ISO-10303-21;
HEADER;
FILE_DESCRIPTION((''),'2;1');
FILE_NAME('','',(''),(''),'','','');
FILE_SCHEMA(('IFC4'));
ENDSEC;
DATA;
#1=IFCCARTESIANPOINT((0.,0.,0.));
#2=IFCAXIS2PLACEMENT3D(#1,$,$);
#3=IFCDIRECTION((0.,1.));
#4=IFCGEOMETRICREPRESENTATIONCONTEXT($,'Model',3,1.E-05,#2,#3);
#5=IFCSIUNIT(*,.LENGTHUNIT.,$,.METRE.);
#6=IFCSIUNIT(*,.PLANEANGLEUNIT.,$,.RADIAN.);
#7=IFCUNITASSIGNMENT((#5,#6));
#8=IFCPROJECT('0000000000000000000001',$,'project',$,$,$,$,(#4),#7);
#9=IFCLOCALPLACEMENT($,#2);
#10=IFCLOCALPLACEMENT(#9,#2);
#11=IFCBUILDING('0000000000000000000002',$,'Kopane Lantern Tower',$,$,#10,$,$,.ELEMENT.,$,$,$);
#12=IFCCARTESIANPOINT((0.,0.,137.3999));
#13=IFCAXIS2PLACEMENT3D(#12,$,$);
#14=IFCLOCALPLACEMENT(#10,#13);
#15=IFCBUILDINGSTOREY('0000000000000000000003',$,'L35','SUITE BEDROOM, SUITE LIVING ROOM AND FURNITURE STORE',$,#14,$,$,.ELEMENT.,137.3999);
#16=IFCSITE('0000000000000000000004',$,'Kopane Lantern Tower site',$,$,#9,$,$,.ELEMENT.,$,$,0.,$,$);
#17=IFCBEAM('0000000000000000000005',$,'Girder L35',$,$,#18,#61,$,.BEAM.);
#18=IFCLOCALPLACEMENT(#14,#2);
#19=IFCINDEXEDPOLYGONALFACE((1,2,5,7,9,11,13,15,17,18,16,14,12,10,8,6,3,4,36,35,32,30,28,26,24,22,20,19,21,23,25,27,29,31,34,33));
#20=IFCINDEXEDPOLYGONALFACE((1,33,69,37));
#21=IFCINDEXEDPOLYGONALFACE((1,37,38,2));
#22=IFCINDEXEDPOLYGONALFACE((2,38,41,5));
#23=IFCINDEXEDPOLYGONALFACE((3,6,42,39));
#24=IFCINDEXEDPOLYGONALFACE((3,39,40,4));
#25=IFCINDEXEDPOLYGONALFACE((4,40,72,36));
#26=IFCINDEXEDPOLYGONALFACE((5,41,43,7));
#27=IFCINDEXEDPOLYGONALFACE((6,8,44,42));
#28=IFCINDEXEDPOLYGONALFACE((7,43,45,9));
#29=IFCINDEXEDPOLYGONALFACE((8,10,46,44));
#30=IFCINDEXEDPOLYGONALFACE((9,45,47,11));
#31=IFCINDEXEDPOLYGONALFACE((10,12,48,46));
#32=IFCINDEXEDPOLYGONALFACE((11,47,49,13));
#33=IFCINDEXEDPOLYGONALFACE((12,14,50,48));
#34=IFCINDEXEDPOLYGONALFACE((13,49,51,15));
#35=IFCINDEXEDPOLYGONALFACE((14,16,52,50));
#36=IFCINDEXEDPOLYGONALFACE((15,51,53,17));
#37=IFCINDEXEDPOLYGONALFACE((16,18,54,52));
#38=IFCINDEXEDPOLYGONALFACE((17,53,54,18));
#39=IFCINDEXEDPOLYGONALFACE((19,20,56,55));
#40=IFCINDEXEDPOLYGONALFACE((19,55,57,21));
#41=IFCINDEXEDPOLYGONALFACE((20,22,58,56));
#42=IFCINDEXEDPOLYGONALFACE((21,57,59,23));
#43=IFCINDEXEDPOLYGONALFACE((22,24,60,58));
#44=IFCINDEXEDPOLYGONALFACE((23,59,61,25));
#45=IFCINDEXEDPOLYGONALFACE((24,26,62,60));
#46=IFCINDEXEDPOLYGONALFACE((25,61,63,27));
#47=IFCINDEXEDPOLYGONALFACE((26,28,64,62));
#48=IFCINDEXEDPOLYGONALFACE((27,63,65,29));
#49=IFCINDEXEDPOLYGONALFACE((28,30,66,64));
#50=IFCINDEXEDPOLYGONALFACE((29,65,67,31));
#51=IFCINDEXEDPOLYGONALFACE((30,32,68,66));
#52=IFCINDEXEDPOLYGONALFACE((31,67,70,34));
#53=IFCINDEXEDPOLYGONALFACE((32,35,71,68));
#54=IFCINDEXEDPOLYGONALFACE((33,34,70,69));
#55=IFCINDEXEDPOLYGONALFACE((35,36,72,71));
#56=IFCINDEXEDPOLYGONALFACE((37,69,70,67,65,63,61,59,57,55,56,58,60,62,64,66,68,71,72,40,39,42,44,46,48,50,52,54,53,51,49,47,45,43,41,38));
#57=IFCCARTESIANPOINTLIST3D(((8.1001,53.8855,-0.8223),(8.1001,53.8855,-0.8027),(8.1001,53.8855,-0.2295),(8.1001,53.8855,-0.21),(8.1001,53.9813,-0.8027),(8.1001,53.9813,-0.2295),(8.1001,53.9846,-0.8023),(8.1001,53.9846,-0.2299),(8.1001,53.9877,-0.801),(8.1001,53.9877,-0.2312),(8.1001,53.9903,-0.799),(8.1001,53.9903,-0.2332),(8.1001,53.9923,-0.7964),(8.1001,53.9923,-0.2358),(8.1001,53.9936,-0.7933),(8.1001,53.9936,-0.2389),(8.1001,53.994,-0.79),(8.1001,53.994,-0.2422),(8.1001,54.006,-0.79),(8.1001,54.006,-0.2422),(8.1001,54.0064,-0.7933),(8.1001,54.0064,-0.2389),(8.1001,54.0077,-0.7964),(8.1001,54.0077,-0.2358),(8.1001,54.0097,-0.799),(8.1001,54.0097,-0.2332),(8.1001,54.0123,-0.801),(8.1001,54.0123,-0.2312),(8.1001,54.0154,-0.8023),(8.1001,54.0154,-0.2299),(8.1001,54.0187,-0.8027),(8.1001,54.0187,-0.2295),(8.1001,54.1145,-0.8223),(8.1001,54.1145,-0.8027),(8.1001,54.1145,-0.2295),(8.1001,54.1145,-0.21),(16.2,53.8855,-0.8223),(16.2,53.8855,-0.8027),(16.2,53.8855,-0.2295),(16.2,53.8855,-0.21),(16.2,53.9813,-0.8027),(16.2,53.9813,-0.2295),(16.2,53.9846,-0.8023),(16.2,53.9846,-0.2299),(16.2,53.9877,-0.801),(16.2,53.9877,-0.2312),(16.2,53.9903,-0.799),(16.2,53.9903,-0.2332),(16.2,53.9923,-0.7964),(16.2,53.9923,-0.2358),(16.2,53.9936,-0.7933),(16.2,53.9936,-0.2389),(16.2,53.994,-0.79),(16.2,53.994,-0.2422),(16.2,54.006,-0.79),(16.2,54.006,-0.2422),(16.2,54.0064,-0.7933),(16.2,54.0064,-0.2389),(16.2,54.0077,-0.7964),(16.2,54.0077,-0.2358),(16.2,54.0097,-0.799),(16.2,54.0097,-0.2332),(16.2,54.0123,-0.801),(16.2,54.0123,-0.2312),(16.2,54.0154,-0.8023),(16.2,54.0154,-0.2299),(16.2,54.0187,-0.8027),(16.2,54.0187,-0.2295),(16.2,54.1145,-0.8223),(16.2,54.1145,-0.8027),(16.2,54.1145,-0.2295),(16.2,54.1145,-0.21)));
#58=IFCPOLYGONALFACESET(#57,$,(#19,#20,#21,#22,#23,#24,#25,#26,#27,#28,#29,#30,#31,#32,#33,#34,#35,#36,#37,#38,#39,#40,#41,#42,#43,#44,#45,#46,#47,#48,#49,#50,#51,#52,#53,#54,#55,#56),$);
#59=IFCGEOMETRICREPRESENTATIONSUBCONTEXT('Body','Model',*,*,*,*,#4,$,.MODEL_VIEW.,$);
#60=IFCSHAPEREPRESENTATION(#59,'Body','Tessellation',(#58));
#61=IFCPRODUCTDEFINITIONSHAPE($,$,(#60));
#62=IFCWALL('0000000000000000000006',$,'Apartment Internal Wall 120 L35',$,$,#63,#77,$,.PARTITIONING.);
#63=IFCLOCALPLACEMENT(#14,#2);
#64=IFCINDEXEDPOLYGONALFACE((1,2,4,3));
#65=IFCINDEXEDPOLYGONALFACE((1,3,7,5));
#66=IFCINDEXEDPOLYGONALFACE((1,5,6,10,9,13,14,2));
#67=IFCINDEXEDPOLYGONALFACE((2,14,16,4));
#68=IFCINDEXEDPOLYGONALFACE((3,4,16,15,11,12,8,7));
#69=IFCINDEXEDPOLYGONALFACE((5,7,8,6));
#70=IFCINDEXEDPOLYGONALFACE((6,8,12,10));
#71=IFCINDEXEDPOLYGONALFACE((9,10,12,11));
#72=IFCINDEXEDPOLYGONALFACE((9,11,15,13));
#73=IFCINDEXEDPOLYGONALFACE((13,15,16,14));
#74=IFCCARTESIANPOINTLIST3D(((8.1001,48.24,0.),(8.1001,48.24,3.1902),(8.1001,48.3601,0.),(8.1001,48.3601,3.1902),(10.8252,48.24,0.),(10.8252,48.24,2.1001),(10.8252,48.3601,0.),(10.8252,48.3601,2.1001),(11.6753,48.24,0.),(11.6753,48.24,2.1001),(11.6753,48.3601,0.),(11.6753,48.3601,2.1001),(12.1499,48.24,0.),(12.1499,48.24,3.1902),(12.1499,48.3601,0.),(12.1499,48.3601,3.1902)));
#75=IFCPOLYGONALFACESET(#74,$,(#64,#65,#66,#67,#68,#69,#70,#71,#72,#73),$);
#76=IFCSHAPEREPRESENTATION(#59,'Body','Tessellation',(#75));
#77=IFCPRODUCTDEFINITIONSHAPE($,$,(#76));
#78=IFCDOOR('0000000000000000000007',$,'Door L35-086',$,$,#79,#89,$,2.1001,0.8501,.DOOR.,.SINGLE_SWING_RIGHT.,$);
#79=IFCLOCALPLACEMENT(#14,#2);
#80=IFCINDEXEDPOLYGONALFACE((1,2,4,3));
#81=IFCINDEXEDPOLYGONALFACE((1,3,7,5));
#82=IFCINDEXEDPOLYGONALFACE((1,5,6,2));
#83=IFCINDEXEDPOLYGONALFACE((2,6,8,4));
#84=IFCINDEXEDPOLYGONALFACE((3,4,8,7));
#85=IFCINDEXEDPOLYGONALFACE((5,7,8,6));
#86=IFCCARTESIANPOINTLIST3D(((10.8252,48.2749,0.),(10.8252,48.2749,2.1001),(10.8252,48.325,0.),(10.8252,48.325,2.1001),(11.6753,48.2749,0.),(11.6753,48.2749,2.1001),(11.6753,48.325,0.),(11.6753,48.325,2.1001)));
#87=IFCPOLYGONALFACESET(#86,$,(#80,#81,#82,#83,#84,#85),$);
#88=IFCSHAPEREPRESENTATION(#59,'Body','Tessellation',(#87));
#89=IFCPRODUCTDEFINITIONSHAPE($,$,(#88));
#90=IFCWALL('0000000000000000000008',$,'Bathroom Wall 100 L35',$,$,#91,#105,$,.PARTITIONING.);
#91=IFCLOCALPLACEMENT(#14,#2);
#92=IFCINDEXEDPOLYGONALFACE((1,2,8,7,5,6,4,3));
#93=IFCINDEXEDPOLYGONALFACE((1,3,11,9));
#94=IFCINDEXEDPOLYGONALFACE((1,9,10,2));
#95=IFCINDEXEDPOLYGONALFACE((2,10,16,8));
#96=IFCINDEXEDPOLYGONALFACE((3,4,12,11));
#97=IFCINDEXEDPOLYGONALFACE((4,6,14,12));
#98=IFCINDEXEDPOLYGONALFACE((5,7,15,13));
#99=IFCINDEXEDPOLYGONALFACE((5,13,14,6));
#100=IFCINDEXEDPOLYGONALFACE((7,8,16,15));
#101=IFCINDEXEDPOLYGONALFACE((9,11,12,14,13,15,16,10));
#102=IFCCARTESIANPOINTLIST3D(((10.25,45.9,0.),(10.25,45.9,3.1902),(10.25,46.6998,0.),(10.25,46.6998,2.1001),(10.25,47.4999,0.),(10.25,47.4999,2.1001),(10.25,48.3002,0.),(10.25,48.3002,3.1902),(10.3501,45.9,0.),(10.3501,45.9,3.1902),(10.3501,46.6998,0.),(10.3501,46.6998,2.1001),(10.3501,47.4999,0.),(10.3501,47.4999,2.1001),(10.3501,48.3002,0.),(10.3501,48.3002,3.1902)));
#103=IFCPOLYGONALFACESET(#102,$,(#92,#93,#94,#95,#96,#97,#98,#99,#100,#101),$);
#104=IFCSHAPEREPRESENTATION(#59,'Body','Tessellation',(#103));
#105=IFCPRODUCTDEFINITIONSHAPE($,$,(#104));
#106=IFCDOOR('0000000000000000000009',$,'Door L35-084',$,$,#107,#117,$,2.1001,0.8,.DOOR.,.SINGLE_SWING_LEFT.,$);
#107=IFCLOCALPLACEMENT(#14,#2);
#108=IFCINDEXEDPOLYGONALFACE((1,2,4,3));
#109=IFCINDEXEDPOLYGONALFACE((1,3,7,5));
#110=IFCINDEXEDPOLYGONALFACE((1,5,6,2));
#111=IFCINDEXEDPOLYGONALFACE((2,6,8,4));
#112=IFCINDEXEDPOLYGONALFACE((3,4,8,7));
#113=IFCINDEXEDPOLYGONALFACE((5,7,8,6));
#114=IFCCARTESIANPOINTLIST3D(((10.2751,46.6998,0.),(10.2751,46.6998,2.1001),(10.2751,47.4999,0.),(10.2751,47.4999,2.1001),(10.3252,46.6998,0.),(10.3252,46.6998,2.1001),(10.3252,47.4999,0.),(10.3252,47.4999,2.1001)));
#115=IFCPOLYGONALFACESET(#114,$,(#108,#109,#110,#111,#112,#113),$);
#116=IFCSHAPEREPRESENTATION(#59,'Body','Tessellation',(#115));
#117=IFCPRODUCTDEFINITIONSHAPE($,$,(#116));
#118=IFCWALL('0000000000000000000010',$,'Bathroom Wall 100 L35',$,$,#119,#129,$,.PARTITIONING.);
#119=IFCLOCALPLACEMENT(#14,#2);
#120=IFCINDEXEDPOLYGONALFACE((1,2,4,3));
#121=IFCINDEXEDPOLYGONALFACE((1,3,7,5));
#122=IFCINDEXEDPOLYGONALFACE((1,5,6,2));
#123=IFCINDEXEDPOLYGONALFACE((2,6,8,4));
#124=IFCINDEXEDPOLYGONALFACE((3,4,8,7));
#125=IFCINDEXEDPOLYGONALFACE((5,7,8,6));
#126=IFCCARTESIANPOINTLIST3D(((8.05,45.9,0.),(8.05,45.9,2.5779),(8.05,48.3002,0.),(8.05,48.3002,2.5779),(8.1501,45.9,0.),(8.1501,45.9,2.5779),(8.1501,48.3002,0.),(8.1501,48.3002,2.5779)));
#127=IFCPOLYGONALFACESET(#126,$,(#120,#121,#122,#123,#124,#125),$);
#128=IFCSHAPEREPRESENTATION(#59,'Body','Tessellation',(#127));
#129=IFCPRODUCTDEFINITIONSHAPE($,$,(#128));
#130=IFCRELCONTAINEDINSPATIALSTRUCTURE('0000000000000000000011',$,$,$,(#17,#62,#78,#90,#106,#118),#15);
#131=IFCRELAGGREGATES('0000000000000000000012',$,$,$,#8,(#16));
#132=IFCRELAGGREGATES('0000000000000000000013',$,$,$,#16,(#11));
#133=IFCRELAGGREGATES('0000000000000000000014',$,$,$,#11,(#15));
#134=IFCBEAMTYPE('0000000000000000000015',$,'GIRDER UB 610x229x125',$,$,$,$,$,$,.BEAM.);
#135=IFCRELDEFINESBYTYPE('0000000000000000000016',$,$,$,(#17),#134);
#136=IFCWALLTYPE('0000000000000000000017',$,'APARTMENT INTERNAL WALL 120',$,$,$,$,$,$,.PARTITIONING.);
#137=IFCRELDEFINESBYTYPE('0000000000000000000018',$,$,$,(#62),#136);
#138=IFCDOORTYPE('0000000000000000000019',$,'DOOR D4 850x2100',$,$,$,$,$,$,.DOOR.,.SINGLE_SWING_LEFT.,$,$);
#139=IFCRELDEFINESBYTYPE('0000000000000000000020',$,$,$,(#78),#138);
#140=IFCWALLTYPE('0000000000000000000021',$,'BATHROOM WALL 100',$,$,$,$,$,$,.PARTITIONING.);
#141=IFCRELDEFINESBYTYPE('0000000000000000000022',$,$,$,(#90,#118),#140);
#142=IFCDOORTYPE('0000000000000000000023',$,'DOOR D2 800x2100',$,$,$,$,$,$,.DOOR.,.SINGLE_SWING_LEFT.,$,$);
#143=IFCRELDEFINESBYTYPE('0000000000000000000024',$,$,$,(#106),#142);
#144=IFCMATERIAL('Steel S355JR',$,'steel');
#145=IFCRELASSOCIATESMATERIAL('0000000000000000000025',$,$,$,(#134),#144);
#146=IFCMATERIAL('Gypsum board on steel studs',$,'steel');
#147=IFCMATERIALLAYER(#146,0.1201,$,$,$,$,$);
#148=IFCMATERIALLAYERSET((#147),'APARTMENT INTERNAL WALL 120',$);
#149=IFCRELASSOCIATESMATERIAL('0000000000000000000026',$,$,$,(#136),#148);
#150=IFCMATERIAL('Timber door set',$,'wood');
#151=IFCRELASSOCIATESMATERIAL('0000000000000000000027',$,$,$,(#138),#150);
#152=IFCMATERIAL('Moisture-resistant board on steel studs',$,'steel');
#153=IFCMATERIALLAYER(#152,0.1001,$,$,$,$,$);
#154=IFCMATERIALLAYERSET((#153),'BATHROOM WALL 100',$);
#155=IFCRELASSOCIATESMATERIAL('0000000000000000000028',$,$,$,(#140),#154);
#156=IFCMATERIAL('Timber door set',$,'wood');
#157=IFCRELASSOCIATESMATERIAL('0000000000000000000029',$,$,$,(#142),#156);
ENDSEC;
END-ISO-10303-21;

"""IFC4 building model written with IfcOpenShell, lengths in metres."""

from ifc_helpers import new_model, si_unit, direction, frame, frame_2d, origin, origin_2d, place, context, subcontext, project, spatial, rectangle, i_section, extrude, material, layer, layer_set, material_profile, profile_set, type_object, element, fill, save


model = new_model("IFC4")

# Units and contexts
model_context = context("Model", 3, precision=1e-05, world=origin(), true_north=direction((0.0, 1.0)))
body_context = subcontext(model_context, "Body", "Model", "MODEL_VIEW")
ifc_project = project(units=[si_unit("LENGTHUNIT", "METRE"), si_unit("PLANEANGLEUNIT", "RADIAN")], contexts=[model_context])

# Site, building, storey
site_placement = place(None, origin())
site = spatial("IfcSite", under=ifc_project, at=site_placement, Name="Kopane Lantern Tower site", CompositionType="ELEMENT", RefElevation=0.0)
building_placement = place(site_placement, origin())
building = spatial("IfcBuilding", under=site, at=building_placement, Name="Kopane Lantern Tower", CompositionType="ELEMENT")
storey_placement = place(building_placement, frame((0.0, 0.0, 137.3999)))
storey = spatial("IfcBuildingStorey", under=building, at=storey_placement, Name="L35", Description="SUITE BEDROOM, SUITE LIVING ROOM AND FURNITURE STORE", CompositionType="ELEMENT", Elevation=137.3999)

# Beam
ifc_material_1 = material(Name="Steel S355JR", Category="steel")
ifc_material_profile_1 = material_profile(ifc_material_1, i_section(OverallWidth=0.229, OverallDepth=0.6123, WebThickness=0.012, FlangeThickness=0.0195, FilletRadius=0.0127, at=origin_2d()), Name="UB 610x229x125")
ifc_profile_set_1 = profile_set([ifc_material_profile_1], Name="Steel S355JR")
beam_type_1 = type_object("IfcBeamType", Name="GIRDER UB 610x229x125", PredefinedType="BEAM", material=ifc_profile_set_1)
beam_1_placement = place(storey_placement, frame((8.1001, 54.0, -0.5161), z_axis=(1.0, 0.0, 0.0), x_axis=(0.0, 1.0, 0.0)))
element("IfcBeam", 1, at=beam_1_placement, inside=storey, type_object=beam_type_1, Name="Girder L35", PredefinedType="BEAM", context=body_context, shape_type="SweptSolid", body=[
    extrude(i_section(OverallWidth=0.229, OverallDepth=0.6123, WebThickness=0.012, FlangeThickness=0.0195, FilletRadius=0.0127, at=origin_2d()), origin(), (0.0, 0.0, 1.0), 8.0999),
])

# Walls, openings, doors
ifc_material_2 = material(Name="Gypsum board on steel studs", Category="steel")
ifc_layer_1 = layer(ifc_material_2, 0.1201)
ifc_layer_set_1 = layer_set([ifc_layer_1], Name="APARTMENT INTERNAL WALL 120")
wall_type_1 = type_object("IfcWallType", Name="APARTMENT INTERNAL WALL 120", PredefinedType="PARTITIONING", material=ifc_layer_set_1)
wall_1_placement = place(storey_placement, frame((8.1001, 48.3, 0.0), z_axis=(0.0, 0.0, 1.0), x_axis=(1.0, 0.0, 0.0)))
wall_1 = element("IfcWall", 2, at=wall_1_placement, inside=storey, type_object=wall_type_1, Name="Apartment Internal Wall 120 L35", PredefinedType="PARTITIONING", context=body_context, shape_type="SweptSolid", body=[
    extrude(rectangle(XDim=4.0498, YDim=0.1201, at=frame_2d((2.0249, 0.0))), origin(), (0.0, 0.0, 1.0), 3.1902),
])
opening_1_placement = place(wall_1_placement, frame((2.7251, 0.0, 0.0)))
opening_1 = element("IfcOpeningElement", 3, at=opening_1_placement, cuts=wall_1, PredefinedType="OPENING", context=body_context, shape_type="SweptSolid", body=[
    extrude(rectangle(XDim=0.8501, YDim=2.1001, at=frame_2d((0.425, 1.05))), frame((0.0, 0.0701, 0.0), z_axis=(0.0, -1.0, 0.0), x_axis=(1.0, 0.0, 0.0)), (0.0, 0.0, 1.0), 0.1401),
])
ifc_material_3 = material(Name="Timber door set", Category="wood")
door_type_1 = type_object("IfcDoorType", Name="DOOR D4 850x2100", OperationType="SINGLE_SWING_LEFT", PredefinedType="DOOR", material=ifc_material_3)
door_1_placement = place(opening_1_placement, origin())
door_1 = element("IfcDoor", 4, at=door_1_placement, inside=storey, type_object=door_type_1, Name="Door L35-086", OperationType="SINGLE_SWING_RIGHT", OverallHeight=2.1001, OverallWidth=0.8501, PredefinedType="DOOR", context=body_context, shape_type="SweptSolid", body=[
    extrude(rectangle(XDim=0.8501, YDim=2.1001, at=frame_2d((0.425, 1.05))), frame((0.0, 0.0249, 0.0), z_axis=(0.0, -1.0, 0.0), x_axis=(1.0, 0.0, 0.0)), (0.0, 0.0, 1.0), 0.05),
])
fill(opening_1, door_1)
ifc_material_4 = material(Name="Moisture-resistant board on steel studs", Category="steel")
ifc_layer_2 = layer(ifc_material_4, 0.1001)
ifc_layer_set_2 = layer_set([ifc_layer_2], Name="BATHROOM WALL 100")
wall_type_2 = type_object("IfcWallType", Name="BATHROOM WALL 100", PredefinedType="PARTITIONING", material=ifc_layer_set_2)
wall_2_placement = place(storey_placement, frame((10.3, 45.8999, 0.0), z_axis=(0.0, 0.0, 1.0), x_axis=(0.0, 1.0, 0.0)))
wall_2 = element("IfcWall", 5, at=wall_2_placement, inside=storey, type_object=wall_type_2, Name="Bathroom Wall 100 L35", PredefinedType="PARTITIONING", context=body_context, shape_type="SweptSolid", body=[
    extrude(rectangle(XDim=2.4001, YDim=0.1001, at=frame_2d((1.2002, 0.0))), origin(), (0.0, 0.0, 1.0), 3.1902),
])
opening_2_placement = place(wall_2_placement, frame((0.8, 0.0, 0.0)))
opening_2 = element("IfcOpeningElement", 6, at=opening_2_placement, cuts=wall_2, PredefinedType="OPENING", context=body_context, shape_type="SweptSolid", body=[
    extrude(rectangle(XDim=0.8, YDim=2.1001, at=frame_2d((0.3999, 1.05))), frame((0.0, 0.0601, 0.0), z_axis=(0.0, -1.0, 0.0), x_axis=(1.0, 0.0, 0.0)), (0.0, 0.0, 1.0), 0.1201),
])
ifc_material_5 = material(Name="Timber door set", Category="wood")
door_type_2 = type_object("IfcDoorType", Name="DOOR D2 800x2100", OperationType="SINGLE_SWING_LEFT", PredefinedType="DOOR", material=ifc_material_5)
door_2_placement = place(opening_2_placement, origin())
door_2 = element("IfcDoor", 7, at=door_2_placement, inside=storey, type_object=door_type_2, Name="Door L35-084", OperationType="SINGLE_SWING_LEFT", OverallHeight=2.1001, OverallWidth=0.8, PredefinedType="DOOR", context=body_context, shape_type="SweptSolid", body=[
    extrude(rectangle(XDim=0.8, YDim=2.1001, at=frame_2d((0.3999, 1.05))), frame((0.0, 0.0249, 0.0), z_axis=(0.0, -1.0, 0.0), x_axis=(1.0, 0.0, 0.0)), (0.0, 0.0, 1.0), 0.05),
])
fill(opening_2, door_2)

# Wall
wall_3_placement = place(storey_placement, frame((8.1001, 45.8999, 0.0), z_axis=(0.0, 0.0, 1.0), x_axis=(0.0, 1.0, 0.0)))
element("IfcWall", 8, at=wall_3_placement, inside=storey, type_object=wall_type_2, Name="Bathroom Wall 100 L35", PredefinedType="PARTITIONING", context=body_context, shape_type="SweptSolid", body=[
    extrude(rectangle(XDim=2.4001, YDim=0.1001, at=frame_2d((1.2002, 0.0))), origin(), (0.0, 0.0, 1.0), 2.5779),
])

save(model, "model.ifc")
